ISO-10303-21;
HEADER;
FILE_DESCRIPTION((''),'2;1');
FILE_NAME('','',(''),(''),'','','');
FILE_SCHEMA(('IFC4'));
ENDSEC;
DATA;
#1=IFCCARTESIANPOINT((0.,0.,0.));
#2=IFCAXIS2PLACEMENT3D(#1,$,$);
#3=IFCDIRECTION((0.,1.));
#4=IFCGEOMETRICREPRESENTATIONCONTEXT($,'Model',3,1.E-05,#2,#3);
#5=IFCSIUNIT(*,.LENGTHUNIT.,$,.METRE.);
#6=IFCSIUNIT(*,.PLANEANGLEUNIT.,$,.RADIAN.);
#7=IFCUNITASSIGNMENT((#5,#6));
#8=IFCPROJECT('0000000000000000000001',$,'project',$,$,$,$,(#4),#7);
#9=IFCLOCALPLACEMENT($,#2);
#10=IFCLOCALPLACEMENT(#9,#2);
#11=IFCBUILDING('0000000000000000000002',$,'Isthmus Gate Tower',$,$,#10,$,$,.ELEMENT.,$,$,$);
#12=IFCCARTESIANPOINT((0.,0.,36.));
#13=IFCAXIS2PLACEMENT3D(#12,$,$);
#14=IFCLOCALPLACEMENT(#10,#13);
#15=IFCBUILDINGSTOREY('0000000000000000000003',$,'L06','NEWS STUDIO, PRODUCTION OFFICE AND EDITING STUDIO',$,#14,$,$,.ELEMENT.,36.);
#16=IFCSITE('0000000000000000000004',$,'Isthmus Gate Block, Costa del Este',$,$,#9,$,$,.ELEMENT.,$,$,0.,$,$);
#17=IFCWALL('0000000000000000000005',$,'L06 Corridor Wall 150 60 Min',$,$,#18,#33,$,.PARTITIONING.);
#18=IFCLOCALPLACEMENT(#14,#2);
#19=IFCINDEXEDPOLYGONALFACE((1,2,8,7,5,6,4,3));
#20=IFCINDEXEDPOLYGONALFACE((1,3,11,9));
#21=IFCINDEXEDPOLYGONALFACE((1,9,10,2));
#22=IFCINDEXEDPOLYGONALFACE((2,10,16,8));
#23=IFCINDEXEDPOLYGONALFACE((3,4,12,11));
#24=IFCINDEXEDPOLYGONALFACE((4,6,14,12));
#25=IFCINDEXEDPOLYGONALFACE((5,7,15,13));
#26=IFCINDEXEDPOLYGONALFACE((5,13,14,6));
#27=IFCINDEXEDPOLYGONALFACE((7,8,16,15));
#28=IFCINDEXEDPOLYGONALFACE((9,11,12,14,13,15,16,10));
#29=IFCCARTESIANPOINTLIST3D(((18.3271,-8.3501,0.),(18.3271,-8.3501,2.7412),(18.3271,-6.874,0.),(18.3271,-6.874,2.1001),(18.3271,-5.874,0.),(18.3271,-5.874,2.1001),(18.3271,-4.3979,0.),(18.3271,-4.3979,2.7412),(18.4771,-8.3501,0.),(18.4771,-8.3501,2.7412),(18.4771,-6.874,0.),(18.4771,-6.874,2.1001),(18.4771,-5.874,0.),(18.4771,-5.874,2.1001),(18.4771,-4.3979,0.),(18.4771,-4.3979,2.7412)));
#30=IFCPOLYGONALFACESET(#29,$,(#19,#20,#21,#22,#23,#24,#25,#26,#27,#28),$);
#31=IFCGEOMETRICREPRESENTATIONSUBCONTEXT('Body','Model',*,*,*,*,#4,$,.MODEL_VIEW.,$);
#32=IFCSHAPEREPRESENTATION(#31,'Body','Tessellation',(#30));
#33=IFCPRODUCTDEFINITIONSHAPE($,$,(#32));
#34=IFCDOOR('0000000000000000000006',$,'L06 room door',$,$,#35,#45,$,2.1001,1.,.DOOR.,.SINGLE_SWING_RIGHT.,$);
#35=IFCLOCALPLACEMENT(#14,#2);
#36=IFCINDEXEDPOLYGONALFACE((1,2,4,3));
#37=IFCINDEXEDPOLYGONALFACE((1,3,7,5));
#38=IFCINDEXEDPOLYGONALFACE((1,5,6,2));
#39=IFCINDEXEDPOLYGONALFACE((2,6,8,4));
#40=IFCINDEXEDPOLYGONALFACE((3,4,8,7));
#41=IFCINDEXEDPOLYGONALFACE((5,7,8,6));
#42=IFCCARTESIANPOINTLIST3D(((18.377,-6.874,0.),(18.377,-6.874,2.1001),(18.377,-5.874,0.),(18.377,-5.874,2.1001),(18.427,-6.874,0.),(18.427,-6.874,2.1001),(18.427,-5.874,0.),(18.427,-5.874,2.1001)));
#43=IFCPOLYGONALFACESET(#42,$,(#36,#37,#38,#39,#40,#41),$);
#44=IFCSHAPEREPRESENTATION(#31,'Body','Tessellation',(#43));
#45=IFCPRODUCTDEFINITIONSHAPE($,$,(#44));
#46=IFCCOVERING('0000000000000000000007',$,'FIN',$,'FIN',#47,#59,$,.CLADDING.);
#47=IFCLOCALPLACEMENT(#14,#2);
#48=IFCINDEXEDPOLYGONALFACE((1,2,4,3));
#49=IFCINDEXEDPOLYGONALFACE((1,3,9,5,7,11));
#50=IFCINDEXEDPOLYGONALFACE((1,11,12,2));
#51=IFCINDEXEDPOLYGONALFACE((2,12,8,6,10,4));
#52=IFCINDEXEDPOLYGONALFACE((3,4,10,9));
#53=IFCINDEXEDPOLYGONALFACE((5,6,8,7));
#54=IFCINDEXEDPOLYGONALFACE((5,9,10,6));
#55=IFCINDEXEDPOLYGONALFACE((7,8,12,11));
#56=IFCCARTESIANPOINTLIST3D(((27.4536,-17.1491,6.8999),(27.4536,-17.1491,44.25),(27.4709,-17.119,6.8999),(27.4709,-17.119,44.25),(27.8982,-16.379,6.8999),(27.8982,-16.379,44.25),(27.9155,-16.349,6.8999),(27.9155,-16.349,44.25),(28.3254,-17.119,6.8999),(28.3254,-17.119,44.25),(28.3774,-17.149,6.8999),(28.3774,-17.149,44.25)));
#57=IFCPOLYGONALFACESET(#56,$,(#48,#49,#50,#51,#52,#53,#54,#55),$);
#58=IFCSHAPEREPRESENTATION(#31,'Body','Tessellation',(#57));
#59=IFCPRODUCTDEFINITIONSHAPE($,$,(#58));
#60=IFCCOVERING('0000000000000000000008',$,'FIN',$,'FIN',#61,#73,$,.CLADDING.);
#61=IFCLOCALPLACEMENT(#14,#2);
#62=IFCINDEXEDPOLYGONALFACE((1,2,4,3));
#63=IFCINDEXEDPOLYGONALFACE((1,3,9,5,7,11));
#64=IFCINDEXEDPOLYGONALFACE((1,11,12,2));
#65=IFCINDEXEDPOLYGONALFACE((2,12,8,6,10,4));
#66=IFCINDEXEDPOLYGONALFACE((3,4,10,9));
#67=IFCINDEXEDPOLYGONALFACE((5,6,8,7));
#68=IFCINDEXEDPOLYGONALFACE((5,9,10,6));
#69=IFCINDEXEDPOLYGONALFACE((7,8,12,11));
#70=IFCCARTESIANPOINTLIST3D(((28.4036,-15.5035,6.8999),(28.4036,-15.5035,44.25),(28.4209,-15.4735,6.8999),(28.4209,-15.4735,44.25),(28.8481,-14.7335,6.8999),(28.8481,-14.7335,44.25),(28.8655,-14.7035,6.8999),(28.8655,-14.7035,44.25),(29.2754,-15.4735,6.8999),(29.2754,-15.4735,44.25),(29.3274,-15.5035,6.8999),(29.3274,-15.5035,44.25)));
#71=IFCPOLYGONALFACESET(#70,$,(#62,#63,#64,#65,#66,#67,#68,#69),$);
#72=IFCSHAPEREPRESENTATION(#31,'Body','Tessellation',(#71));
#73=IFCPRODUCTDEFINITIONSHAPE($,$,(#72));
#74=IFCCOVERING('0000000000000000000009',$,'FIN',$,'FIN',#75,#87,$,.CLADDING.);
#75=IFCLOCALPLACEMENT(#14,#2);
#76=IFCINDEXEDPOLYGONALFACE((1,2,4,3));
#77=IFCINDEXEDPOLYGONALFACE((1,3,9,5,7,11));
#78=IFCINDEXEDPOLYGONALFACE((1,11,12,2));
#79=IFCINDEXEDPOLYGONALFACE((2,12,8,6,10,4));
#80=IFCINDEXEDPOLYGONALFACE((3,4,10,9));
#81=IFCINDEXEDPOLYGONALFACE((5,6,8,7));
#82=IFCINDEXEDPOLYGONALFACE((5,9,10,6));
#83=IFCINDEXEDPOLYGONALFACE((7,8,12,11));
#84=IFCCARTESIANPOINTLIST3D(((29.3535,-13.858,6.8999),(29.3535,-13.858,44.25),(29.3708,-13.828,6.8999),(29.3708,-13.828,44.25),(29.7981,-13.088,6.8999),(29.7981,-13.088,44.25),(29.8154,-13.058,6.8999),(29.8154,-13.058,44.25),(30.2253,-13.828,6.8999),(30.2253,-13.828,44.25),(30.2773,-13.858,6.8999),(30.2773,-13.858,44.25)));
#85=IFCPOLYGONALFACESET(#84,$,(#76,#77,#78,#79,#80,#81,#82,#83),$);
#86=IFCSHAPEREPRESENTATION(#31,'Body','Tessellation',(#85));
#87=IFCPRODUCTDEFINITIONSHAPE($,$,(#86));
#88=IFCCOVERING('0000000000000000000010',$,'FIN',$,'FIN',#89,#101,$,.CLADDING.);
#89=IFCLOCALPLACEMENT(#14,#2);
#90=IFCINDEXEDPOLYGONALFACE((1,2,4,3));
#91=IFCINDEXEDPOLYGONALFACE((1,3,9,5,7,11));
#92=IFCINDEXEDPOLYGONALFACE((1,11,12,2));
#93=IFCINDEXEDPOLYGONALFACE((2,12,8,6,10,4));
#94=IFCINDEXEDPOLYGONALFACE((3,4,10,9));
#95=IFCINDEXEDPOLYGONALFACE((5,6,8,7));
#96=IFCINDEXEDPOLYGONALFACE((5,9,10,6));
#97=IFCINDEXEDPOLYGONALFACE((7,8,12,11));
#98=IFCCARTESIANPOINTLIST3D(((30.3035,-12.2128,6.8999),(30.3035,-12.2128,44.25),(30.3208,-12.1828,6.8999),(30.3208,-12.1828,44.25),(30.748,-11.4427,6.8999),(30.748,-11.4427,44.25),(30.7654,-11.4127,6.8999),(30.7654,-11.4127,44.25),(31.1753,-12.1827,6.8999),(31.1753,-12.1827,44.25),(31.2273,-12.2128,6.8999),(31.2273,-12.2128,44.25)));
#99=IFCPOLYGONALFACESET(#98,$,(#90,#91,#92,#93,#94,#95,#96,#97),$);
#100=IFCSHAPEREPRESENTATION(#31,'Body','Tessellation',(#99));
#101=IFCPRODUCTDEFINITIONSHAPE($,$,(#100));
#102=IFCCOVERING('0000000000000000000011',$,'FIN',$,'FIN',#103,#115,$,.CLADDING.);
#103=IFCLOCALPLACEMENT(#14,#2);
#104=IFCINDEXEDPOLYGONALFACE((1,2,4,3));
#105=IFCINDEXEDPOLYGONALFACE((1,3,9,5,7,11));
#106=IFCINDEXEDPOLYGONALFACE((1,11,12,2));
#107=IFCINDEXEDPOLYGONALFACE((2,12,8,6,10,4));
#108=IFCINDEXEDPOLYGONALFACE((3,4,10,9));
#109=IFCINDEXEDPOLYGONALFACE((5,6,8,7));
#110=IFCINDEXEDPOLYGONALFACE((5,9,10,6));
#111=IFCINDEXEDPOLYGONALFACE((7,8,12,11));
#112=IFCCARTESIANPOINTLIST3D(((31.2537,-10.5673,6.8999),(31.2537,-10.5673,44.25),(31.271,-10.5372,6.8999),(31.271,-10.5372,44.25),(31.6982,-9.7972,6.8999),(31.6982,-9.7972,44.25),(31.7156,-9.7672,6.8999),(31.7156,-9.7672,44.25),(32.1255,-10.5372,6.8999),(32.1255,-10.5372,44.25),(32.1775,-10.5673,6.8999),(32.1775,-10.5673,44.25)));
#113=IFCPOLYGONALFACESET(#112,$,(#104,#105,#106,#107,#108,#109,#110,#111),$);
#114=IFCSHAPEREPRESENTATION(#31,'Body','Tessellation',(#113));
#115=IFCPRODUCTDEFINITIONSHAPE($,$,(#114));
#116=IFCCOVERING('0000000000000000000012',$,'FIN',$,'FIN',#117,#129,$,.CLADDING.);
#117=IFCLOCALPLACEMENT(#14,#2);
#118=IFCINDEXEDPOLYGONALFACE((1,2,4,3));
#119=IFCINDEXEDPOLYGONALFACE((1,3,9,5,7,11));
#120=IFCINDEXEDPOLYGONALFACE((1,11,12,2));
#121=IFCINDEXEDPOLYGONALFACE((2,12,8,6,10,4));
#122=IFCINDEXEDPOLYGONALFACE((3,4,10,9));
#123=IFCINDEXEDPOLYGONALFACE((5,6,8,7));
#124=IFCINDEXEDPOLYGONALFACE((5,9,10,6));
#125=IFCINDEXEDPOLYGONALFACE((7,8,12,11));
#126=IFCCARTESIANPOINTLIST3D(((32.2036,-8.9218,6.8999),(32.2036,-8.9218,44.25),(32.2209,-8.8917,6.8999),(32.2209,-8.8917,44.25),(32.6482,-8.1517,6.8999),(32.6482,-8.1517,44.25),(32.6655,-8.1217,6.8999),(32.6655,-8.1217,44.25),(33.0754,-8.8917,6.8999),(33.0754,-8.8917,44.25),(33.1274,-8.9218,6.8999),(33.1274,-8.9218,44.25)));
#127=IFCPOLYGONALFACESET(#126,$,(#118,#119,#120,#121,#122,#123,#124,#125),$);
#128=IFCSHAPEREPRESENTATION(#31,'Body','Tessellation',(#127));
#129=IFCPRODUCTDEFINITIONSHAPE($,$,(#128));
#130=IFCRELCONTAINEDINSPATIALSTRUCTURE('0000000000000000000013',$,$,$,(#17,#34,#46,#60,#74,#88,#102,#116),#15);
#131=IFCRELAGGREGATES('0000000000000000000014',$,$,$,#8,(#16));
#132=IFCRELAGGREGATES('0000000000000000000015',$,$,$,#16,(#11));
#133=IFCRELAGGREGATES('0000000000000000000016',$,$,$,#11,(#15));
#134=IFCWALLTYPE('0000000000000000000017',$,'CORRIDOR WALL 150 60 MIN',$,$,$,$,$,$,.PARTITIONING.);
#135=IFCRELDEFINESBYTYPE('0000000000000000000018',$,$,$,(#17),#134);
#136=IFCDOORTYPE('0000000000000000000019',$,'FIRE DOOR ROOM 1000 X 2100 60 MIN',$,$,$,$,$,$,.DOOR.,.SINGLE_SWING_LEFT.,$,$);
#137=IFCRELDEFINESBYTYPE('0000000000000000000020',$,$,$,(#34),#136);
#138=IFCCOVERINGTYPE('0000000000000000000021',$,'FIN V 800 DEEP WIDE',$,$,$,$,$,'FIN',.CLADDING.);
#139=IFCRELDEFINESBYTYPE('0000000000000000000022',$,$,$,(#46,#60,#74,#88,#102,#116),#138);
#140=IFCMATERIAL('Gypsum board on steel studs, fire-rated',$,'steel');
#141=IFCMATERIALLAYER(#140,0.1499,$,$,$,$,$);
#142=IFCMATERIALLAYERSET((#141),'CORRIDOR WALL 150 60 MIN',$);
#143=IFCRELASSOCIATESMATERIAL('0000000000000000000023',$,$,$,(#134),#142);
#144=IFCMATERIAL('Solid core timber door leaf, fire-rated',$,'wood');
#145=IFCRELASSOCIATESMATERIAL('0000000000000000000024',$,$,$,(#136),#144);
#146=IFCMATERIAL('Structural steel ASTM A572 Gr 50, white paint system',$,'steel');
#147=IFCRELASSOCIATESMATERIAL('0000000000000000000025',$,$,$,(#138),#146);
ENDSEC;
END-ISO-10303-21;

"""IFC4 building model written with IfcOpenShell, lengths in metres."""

from ifc_helpers import new_model, si_unit, direction, frame, frame_2d, origin, place, context, subcontext, project, spatial, polyline, rectangle, outline, extrude, material, layer, layer_set, material_profile, profile_set, type_object, element, fill, save


model = new_model("IFC4")

# Units and contexts
model_context = context("Model", 3, precision=1e-05, world=origin(), true_north=direction((0.0, 1.0)))
body_context = subcontext(model_context, "Body", "Model", "MODEL_VIEW")
ifc_project = project(units=[si_unit("LENGTHUNIT", "METRE"), si_unit("PLANEANGLEUNIT", "RADIAN")], contexts=[model_context])

# Site, building, storey
site_placement = place(None, origin())
site = spatial("IfcSite", under=ifc_project, at=site_placement, Name="Isthmus Gate Block, Costa del Este", CompositionType="ELEMENT", RefElevation=0.0)
building_placement = place(site_placement, origin())
building = spatial("IfcBuilding", under=site, at=building_placement, Name="Isthmus Gate Tower", CompositionType="ELEMENT")
storey_placement = place(building_placement, frame((0.0, 0.0, 36.0)))
storey = spatial("IfcBuildingStorey", under=building, at=storey_placement, Name="L06", Description="NEWS STUDIO, PRODUCTION OFFICE AND EDITING STUDIO", CompositionType="ELEMENT", Elevation=36.0)

# Wall, opening, door
ifc_material_1 = material(Name="Gypsum board on steel studs, fire-rated", Category="steel")
ifc_layer_1 = layer(ifc_material_1, 0.1499)
ifc_layer_set_1 = layer_set([ifc_layer_1], Name="CORRIDOR WALL 150 60 MIN")
wall_type_1 = type_object("IfcWallType", Name="CORRIDOR WALL 150 60 MIN", PredefinedType="PARTITIONING", material=ifc_layer_set_1)
wall_1_placement = place(storey_placement, frame((18.4021, -4.3979, 0.0), z_axis=(0.0, 0.0, 1.0), x_axis=(0.0, -1.0, 0.0)))
wall_1 = element("IfcWall", 1, at=wall_1_placement, inside=storey, type_object=wall_type_1, Name="L06 Corridor Wall 150 60 Min", PredefinedType="PARTITIONING", context=body_context, shape_type="SweptSolid", body=[
    extrude(rectangle(XDim=3.9521, YDim=0.1499, at=frame_2d((1.9761, 0.0))), origin(), (0.0, 0.0, 1.0), 2.7412),
])
opening_placement = place(wall_1_placement, frame((1.4761, 0.0, 0.0)))
opening = element("IfcOpeningElement", 2, at=opening_placement, cuts=wall_1, PredefinedType="OPENING", context=body_context, shape_type="SweptSolid", body=[
    extrude(rectangle(XDim=1.0, YDim=2.1001, at=frame_2d((0.5, 1.05))), frame((0.0, 0.085, 0.0), z_axis=(0.0, -1.0, 0.0), x_axis=(1.0, 0.0, 0.0)), (0.0, 0.0, 1.0), 0.1699),
])
ifc_material_2 = material(Name="Solid core timber door leaf, fire-rated", Category="wood")
door_type = type_object("IfcDoorType", Name="FIRE DOOR ROOM 1000 X 2100 60 MIN", OperationType="SINGLE_SWING_LEFT", PredefinedType="DOOR", material=ifc_material_2)
door_placement = place(opening_placement, origin())
door = element("IfcDoor", 3, at=door_placement, inside=storey, type_object=door_type, Name="L06 room door", OperationType="SINGLE_SWING_RIGHT", OverallHeight=2.1001, OverallWidth=1.0, PredefinedType="DOOR", context=body_context, shape_type="SweptSolid", body=[
    extrude(rectangle(XDim=1.0, YDim=2.1001, at=frame_2d((0.5, 1.05))), frame((0.0, 0.0249, 0.0), z_axis=(0.0, -1.0, 0.0), x_axis=(1.0, 0.0, 0.0)), (0.0, 0.0, 1.0), 0.05),
])
fill(opening, door)

# Coverings
ifc_material_3 = material(Name="Structural steel ASTM A572 Gr 50, white paint system", Category="steel")
ifc_material_profile_1 = material_profile(ifc_material_3, outline(polyline([(0.0, -0.4619), (0.8, 0.0), (0.0, 0.4619), (0.0, 0.4272), (0.74, 0.0), (0.0, -0.4272), (0.0, -0.4619)])), Name="V800W")
ifc_profile_set_1 = profile_set([ifc_material_profile_1], Name="Structural steel ASTM A572 Gr 50, white paint system")
covering_type = type_object("IfcCoveringType", Name="FIN V 800 DEEP WIDE", ElementType="FIN", PredefinedType="CLADDING", material=ifc_profile_set_1)
for number, where, z_axis, x_axis, name in (
    (4, (27.6846, -16.749, 6.8999), (0.0, 0.0, 1.0), (0.866025, -0.5, 0.0), "FIN"),
    (5, (28.6345, -15.1035, 6.8999), (0.0, 0.0, 1.0), (0.866025, -0.5, 0.0), "FIN"),
    (6, (29.5845, -13.458, 6.8999), (0.0, 0.0, 1.0), (0.866025, -0.5, 0.0), "FIN"),
    (7, (30.5344, -11.8127, 6.8999), (0.0, 0.0, 1.0), (0.866025, -0.5, 0.0), "FIN"),
    (8, (31.4846, -10.1672, 6.8999), (0.0, 0.0, 1.0), (0.866025, -0.5, 0.0), "FIN"),
    (9, (32.4346, -8.5217, 6.8999), (0.0, 0.0, 1.0), (0.866025, -0.5, 0.0), "FIN"),
):
    element("IfcCovering", number, at=place(storey_placement, frame(where, z_axis=z_axis, x_axis=x_axis)), inside=storey, type_object=covering_type, Name=name, ObjectType="FIN", PredefinedType="CLADDING", context=body_context, shape_type="SweptSolid", body=[
        extrude(outline(polyline([(0.0, -0.4619), (0.8, 0.0), (0.0, 0.4619), (0.0, 0.4272), (0.74, 0.0), (0.0, -0.4272), (0.0, -0.4619)])), origin(), (0.0, 0.0, 1.0), 37.3501),
    ])

save(model, "model.ifc")
